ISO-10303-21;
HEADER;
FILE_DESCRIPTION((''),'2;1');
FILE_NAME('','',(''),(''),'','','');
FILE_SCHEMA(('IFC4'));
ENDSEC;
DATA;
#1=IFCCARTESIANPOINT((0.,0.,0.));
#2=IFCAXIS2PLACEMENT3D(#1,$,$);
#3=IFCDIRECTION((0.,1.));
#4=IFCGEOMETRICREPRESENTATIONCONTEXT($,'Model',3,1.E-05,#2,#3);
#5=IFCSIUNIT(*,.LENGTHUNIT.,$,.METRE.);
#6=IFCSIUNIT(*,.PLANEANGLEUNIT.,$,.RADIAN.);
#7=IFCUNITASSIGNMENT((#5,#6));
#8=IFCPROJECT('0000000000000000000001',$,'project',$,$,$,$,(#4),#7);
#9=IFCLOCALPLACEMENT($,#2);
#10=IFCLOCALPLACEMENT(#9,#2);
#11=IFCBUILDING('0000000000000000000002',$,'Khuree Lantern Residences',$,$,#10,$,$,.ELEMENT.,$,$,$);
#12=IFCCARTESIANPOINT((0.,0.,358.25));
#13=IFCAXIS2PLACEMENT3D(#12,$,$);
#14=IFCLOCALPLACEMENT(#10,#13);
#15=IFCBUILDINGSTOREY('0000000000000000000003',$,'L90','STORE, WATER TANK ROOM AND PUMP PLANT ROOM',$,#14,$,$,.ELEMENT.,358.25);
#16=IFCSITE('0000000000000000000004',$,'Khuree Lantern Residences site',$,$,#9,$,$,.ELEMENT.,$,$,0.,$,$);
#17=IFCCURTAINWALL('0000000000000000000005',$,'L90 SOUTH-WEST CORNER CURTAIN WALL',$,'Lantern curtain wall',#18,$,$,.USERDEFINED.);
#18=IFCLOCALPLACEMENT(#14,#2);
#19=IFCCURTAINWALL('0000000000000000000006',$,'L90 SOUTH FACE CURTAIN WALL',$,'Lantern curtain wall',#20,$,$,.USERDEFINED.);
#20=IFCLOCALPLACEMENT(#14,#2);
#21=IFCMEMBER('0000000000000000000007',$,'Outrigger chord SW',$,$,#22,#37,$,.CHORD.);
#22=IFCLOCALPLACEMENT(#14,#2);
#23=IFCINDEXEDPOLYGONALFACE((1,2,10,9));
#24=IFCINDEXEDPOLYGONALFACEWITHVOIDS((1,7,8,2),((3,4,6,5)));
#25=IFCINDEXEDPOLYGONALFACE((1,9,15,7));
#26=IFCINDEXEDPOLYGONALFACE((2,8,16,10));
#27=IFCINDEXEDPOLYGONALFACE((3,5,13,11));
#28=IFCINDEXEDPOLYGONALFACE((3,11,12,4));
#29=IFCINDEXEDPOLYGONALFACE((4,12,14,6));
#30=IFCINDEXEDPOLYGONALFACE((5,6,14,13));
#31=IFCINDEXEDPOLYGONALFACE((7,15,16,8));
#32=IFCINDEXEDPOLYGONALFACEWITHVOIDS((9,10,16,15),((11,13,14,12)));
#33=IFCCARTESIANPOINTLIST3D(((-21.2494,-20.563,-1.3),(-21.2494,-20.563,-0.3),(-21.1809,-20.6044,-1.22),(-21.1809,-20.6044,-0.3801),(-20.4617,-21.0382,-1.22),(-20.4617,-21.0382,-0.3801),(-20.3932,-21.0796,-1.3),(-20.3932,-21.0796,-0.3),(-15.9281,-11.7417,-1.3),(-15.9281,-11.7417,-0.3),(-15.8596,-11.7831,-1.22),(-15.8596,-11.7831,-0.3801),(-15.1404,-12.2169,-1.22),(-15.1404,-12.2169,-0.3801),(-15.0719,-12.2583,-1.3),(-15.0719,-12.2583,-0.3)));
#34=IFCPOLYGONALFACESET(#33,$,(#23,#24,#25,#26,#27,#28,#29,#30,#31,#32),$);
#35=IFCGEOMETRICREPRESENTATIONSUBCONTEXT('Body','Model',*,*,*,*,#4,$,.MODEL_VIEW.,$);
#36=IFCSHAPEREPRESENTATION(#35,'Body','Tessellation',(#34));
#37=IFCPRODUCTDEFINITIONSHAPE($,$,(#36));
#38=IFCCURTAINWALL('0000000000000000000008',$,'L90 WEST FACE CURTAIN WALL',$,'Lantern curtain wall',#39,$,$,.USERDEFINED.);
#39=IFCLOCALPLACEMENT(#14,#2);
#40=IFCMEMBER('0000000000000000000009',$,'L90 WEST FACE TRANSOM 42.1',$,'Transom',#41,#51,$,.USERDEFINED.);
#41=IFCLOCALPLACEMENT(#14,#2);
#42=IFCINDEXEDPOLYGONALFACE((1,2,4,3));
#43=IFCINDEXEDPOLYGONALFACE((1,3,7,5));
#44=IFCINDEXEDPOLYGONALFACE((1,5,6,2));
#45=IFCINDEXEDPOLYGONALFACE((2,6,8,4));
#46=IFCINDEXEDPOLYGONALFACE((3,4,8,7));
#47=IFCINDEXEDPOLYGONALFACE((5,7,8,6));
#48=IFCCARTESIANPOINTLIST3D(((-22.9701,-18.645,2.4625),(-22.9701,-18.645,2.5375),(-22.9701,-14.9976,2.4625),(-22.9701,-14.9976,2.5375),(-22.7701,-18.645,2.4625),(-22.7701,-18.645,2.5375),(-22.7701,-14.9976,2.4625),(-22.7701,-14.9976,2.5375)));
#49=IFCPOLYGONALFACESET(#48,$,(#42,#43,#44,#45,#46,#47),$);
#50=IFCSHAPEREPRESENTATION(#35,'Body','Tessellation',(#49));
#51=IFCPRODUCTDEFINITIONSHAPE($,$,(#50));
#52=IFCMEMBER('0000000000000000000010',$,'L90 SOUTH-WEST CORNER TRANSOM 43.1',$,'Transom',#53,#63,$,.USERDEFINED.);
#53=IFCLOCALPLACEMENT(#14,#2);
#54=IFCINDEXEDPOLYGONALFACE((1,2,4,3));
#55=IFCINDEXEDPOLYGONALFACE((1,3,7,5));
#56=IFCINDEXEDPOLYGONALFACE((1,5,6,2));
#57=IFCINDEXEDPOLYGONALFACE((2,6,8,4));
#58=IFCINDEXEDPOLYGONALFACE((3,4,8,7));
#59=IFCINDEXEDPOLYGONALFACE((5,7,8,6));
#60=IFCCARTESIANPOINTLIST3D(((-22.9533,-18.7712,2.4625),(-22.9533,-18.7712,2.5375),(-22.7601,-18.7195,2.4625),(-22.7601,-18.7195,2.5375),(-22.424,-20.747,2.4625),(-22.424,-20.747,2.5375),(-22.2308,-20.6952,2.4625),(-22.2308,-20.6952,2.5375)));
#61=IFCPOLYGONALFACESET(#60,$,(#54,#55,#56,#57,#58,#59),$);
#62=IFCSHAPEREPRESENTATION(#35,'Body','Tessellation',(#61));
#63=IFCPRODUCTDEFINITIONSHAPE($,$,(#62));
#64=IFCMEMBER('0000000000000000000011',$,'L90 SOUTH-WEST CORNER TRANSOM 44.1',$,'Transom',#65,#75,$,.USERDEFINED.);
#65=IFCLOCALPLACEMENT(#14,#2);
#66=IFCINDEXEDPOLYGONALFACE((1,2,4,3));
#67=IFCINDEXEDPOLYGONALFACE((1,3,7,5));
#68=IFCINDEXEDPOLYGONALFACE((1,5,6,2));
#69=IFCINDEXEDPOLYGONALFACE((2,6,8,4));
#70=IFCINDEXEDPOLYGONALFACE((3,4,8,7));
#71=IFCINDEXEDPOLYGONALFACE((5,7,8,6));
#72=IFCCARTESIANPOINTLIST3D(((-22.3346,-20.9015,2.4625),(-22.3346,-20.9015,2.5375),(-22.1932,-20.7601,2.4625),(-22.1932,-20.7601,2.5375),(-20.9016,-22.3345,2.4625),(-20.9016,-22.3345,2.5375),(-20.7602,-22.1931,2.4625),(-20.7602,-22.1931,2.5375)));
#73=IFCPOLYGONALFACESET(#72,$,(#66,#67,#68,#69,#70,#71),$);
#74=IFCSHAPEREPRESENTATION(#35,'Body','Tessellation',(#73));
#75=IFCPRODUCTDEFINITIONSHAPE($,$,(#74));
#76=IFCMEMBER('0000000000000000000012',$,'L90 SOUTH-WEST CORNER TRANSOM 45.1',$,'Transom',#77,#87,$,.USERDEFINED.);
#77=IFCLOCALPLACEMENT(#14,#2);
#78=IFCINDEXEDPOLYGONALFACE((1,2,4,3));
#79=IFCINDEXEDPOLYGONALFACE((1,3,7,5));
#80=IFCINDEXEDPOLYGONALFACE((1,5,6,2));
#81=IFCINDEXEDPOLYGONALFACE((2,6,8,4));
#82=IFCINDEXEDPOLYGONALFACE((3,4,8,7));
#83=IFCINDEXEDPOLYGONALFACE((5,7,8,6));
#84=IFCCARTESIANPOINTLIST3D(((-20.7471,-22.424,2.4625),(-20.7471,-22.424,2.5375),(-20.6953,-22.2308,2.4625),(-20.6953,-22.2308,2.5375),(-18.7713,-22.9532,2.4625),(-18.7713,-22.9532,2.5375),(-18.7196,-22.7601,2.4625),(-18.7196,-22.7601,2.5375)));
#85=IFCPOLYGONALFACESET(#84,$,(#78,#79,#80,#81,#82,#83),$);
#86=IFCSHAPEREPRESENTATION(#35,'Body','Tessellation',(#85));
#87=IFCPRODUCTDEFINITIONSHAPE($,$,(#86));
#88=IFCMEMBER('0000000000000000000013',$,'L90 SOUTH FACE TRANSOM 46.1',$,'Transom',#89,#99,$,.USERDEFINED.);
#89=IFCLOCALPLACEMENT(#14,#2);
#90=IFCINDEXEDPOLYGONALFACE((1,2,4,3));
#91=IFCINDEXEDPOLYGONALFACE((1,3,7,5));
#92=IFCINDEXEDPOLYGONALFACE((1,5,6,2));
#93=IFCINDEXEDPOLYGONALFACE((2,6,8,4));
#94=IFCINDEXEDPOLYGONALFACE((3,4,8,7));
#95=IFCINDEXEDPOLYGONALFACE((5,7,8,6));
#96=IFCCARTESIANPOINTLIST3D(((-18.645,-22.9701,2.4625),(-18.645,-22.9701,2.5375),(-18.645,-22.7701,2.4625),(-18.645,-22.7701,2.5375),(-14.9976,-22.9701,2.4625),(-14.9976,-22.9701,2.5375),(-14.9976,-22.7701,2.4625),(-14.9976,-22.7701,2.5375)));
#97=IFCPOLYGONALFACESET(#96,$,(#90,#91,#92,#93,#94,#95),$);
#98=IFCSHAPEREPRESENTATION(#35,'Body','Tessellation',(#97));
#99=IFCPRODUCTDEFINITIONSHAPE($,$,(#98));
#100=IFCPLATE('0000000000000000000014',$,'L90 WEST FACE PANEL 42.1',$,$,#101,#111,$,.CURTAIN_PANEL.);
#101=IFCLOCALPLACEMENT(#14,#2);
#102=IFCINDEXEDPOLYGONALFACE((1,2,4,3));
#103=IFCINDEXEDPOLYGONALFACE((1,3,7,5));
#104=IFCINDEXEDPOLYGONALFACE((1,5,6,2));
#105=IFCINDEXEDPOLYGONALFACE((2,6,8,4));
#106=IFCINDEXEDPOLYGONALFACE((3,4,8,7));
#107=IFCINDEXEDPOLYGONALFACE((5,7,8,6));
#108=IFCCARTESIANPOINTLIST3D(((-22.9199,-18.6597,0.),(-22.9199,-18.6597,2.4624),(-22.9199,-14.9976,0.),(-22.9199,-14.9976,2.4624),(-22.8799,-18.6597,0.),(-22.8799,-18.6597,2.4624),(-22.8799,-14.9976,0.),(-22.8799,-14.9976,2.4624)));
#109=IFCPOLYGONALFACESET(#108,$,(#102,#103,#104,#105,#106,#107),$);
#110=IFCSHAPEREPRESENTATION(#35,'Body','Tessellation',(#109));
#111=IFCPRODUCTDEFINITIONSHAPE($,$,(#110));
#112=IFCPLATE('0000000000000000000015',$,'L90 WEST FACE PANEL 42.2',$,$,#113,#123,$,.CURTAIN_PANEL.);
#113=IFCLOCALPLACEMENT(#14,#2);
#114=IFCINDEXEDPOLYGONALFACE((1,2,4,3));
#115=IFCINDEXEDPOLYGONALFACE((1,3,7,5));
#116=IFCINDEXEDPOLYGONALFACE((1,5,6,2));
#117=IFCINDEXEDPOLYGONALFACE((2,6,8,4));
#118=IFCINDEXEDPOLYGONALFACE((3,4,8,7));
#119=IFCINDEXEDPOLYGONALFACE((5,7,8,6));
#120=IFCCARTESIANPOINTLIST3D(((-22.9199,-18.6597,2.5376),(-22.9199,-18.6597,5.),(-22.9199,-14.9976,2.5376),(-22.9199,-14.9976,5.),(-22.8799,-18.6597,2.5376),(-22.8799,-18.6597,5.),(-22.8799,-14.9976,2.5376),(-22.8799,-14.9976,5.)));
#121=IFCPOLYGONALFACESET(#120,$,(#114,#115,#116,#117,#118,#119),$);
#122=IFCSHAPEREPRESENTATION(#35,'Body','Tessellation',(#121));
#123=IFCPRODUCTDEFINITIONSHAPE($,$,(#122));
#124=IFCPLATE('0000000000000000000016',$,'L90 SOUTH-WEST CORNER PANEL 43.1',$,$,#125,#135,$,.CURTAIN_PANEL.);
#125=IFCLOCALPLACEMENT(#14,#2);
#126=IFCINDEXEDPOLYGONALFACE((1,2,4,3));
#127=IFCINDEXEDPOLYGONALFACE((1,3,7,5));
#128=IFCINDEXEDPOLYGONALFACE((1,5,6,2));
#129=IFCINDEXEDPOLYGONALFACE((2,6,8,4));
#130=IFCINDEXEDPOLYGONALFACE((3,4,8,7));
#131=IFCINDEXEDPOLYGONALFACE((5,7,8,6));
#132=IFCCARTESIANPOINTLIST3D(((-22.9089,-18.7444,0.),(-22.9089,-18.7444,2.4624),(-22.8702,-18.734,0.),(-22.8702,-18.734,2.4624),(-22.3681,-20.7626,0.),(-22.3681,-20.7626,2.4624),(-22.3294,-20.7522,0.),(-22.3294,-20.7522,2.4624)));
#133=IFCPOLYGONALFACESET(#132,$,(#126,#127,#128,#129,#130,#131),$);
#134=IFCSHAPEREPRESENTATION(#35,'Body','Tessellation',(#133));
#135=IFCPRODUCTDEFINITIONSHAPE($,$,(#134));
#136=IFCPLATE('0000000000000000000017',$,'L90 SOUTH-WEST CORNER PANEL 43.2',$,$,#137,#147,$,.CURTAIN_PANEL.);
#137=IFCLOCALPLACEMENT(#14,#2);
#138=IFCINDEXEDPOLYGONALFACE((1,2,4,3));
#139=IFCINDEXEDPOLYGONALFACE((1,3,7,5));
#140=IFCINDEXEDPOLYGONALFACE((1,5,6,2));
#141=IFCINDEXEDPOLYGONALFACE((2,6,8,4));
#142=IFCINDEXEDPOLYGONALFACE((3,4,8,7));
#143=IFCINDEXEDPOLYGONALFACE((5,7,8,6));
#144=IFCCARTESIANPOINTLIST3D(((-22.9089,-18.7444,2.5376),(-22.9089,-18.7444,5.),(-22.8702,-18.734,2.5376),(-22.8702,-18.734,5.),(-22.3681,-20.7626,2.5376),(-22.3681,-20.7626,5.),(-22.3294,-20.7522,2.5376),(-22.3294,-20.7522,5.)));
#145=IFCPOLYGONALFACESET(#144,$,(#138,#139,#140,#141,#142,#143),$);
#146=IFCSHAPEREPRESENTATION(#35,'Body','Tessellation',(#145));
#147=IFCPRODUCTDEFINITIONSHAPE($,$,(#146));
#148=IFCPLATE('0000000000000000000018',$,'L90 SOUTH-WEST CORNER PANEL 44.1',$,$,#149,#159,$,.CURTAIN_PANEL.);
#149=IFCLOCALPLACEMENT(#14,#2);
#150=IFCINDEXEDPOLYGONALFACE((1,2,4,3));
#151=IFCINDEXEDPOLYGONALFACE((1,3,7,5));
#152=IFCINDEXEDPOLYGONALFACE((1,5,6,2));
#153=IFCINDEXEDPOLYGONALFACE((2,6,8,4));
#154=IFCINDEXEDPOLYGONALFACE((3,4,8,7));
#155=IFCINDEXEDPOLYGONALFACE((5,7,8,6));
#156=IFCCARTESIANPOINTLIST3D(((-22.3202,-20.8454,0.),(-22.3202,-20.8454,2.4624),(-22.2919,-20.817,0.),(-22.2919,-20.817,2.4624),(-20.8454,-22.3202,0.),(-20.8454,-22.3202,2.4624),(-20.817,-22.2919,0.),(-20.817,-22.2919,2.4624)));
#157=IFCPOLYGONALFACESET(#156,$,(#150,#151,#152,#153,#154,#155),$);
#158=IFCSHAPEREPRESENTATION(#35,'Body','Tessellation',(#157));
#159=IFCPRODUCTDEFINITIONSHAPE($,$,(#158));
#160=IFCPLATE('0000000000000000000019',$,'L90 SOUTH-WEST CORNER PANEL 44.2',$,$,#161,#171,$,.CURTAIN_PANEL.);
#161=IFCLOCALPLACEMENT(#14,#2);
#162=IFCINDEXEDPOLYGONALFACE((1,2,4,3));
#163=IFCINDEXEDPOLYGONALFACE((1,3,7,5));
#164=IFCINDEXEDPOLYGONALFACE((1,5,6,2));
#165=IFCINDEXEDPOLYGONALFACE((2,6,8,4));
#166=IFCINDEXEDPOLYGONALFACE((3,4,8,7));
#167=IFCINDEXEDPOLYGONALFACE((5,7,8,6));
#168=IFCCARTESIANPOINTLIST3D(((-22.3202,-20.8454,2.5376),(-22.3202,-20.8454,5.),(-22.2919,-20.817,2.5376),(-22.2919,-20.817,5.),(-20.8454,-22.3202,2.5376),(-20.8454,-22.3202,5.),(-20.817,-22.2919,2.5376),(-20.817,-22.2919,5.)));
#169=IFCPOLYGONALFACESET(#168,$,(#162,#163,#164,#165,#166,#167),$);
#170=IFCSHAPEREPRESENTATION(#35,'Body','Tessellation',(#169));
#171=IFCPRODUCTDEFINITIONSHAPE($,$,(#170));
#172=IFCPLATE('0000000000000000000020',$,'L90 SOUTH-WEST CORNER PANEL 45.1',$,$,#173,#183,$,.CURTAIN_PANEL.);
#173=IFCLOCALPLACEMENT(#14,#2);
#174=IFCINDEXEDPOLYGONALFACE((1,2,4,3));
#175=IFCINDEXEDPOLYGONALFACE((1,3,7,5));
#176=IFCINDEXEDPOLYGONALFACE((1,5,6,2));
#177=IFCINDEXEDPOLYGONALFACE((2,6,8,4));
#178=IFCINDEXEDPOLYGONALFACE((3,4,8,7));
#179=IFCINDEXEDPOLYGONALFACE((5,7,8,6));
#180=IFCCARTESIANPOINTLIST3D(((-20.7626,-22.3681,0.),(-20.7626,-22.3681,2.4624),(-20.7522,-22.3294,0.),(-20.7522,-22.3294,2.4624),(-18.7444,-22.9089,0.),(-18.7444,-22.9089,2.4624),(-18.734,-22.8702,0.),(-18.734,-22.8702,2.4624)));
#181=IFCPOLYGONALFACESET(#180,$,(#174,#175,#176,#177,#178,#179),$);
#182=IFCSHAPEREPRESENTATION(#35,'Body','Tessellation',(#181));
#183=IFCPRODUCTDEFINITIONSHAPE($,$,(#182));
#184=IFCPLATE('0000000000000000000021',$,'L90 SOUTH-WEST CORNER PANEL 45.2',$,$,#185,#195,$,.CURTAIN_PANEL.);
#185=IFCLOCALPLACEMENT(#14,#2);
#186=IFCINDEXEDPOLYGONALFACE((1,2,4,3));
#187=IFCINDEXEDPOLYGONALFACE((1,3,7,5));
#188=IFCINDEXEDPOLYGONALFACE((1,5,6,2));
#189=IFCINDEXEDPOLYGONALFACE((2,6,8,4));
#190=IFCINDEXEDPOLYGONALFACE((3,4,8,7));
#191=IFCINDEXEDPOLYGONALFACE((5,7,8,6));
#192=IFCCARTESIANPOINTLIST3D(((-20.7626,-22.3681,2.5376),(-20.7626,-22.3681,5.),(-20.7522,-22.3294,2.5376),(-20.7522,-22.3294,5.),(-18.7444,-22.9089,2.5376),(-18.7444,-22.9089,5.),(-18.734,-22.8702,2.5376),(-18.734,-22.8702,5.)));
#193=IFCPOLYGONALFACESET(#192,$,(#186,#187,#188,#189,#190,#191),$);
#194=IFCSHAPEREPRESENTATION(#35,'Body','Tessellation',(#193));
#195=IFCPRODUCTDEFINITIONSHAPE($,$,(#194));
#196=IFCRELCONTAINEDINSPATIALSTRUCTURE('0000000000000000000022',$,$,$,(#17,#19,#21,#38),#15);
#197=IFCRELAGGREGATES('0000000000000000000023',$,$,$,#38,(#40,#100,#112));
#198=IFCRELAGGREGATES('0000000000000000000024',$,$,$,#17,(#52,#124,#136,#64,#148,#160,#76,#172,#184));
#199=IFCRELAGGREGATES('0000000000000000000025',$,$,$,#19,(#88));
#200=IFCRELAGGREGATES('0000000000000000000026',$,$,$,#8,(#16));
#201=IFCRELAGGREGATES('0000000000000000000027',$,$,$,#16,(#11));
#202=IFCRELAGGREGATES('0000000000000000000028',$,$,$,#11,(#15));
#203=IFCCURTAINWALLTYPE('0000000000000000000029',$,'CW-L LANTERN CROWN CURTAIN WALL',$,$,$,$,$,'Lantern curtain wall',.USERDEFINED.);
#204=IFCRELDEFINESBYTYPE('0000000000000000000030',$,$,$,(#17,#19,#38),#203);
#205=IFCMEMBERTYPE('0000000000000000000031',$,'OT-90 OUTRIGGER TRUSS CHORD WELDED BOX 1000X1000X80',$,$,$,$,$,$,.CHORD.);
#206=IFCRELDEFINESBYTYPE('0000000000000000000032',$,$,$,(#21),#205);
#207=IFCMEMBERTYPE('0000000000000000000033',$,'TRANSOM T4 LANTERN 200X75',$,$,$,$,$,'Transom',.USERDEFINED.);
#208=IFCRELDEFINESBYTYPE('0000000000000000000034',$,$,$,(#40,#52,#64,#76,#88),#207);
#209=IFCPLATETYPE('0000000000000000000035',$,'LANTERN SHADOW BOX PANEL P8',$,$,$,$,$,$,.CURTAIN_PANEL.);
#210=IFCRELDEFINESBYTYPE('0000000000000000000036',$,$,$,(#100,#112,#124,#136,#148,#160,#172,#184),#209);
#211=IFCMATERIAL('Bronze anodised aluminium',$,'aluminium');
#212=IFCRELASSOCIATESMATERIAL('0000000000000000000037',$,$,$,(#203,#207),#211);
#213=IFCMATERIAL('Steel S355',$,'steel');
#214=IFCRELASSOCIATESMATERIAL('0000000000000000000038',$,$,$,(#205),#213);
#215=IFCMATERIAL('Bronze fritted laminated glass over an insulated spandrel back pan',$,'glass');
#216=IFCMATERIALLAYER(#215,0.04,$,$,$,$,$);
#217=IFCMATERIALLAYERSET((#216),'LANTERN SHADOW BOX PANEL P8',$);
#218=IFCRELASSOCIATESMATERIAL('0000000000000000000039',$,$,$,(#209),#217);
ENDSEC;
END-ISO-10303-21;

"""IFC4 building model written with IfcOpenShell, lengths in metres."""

from ifc_helpers import new_model, si_unit, direction, frame, origin, origin_2d, place, context, subcontext, project, spatial, rectangle, hollow_rectangle, extrude, material, layer, layer_set, material_profile, profile_set, type_object, element, aggregate, save


model = new_model("IFC4")

# Units and contexts
model_context = context("Model", 3, precision=1e-05, world=origin(), true_north=direction((0.0, 1.0)))
body_context = subcontext(model_context, "Body", "Model", "MODEL_VIEW")
ifc_project = project(units=[si_unit("LENGTHUNIT", "METRE"), si_unit("PLANEANGLEUNIT", "RADIAN")], contexts=[model_context])

# Site, building, storey
site_placement = place(None, origin())
site = spatial("IfcSite", under=ifc_project, at=site_placement, Name="Khuree Lantern Residences site", CompositionType="ELEMENT", RefElevation=0.0)
building_placement = place(site_placement, origin())
building = spatial("IfcBuilding", under=site, at=building_placement, Name="Khuree Lantern Residences", CompositionType="ELEMENT")
storey_placement = place(building_placement, frame((0.0, 0.0, 358.25)))
storey = spatial("IfcBuildingStorey", under=building, at=storey_placement, Name="L90", Description="STORE, WATER TANK ROOM AND PUMP PLANT ROOM", CompositionType="ELEMENT", Elevation=358.25)

# Shared definitions
ifc_material_1 = material(Name="Steel S355", Category="steel")

# Curtain wall
ifc_material_2 = material(Name="Bronze anodised aluminium", Category="aluminium")
curtain_wall_type = type_object("IfcCurtainWallType", Name="CW-L LANTERN CROWN CURTAIN WALL", ElementType="Lantern curtain wall", PredefinedType="USERDEFINED", material=ifc_material_2)
curtain_wall_1_placement = place(storey_placement, origin())
curtain_wall_1 = element("IfcCurtainWall", 1, at=curtain_wall_1_placement, inside=storey, type_object=curtain_wall_type, Name="L90 SOUTH-WEST CORNER CURTAIN WALL", ObjectType="Lantern curtain wall", PredefinedType="USERDEFINED")

# Curtain wall
curtain_wall_2_placement = place(storey_placement, origin())
curtain_wall_2 = element("IfcCurtainWall", 2, at=curtain_wall_2_placement, inside=storey, type_object=curtain_wall_type, Name="L90 SOUTH FACE CURTAIN WALL", ObjectType="Lantern curtain wall", PredefinedType="USERDEFINED")

# Member
ifc_material_profile_1 = material_profile(ifc_material_1, hollow_rectangle(XDim=1.0, YDim=1.0, WallThickness=0.0801, at=origin_2d()), Name="WELDED BOX 1000X1000X80")
ifc_profile_set_1 = profile_set([ifc_material_profile_1], Name="Steel S355")
member_type_1 = type_object("IfcMemberType", Name="OT-90 OUTRIGGER TRUSS CHORD WELDED BOX 1000X1000X80", PredefinedType="CHORD", material=ifc_profile_set_1)
member_1_placement = place(storey_placement, frame((-20.8213, -20.8213, -0.8), z_axis=(0.51653, 0.856269, 0.0), x_axis=(-0.856269, 0.51653, 0.0)))
element("IfcMember", 3, at=member_1_placement, inside=storey, type_object=member_type_1, Name="Outrigger chord SW", PredefinedType="CHORD", context=body_context, shape_type="SweptSolid", body=[
    extrude(hollow_rectangle(XDim=1.0, YDim=1.0, WallThickness=0.0801, at=origin_2d()), origin(), (0.0, 0.0, 1.0), 10.302),
])

# Curtain wall, member
curtain_wall_3_placement = place(storey_placement, origin())
curtain_wall_3 = element("IfcCurtainWall", 4, at=curtain_wall_3_placement, inside=storey, type_object=curtain_wall_type, Name="L90 WEST FACE CURTAIN WALL", ObjectType="Lantern curtain wall", PredefinedType="USERDEFINED")
ifc_material_profile_2 = material_profile(ifc_material_2, rectangle(XDim=0.2, YDim=0.075, at=origin_2d()), Name="T4 200X75")
ifc_profile_set_2 = profile_set([ifc_material_profile_2], Name="Bronze anodised aluminium")
member_type_2 = type_object("IfcMemberType", Name="TRANSOM T4 LANTERN 200X75", ElementType="Transom", PredefinedType="USERDEFINED", material=ifc_profile_set_2)
member_2_placement = place(storey_placement, frame((-22.8701, -14.9976, 2.5), z_axis=(0.0, -1.0, 0.0), x_axis=(1.0, 0.0, 0.0)))
member_2 = element("IfcMember", 5, at=member_2_placement, type_object=member_type_2, Name="L90 WEST FACE TRANSOM 42.1", ObjectType="Transom", PredefinedType="USERDEFINED", context=body_context, shape_type="SweptSolid", body=[
    extrude(rectangle(XDim=0.2, YDim=0.075, at=origin_2d()), origin(), (0.0, 0.0, 1.0), 3.6475),
])

# Members
member_3_placement = place(storey_placement, frame((-22.8567, -18.7454, 2.5), z_axis=(0.258762, -0.965941, 0.0), x_axis=(0.965941, 0.258762, 0.0)))
member_3 = element("IfcMember", 6, at=member_3_placement, type_object=member_type_2, Name="L90 SOUTH-WEST CORNER TRANSOM 43.1", ObjectType="Transom", PredefinedType="USERDEFINED", context=body_context, shape_type="SweptSolid", body=[
    extrude(rectangle(XDim=0.2, YDim=0.075, at=origin_2d()), origin(), (0.0, 0.0, 1.0), 2.0454),
])
member_4_placement = place(storey_placement, frame((-22.2639, -20.8308, 2.5), z_axis=(0.707107, -0.707107, 0.0), x_axis=(0.707107, 0.707107, 0.0)))
member_4 = element("IfcMember", 7, at=member_4_placement, type_object=member_type_2, Name="L90 SOUTH-WEST CORNER TRANSOM 44.1", ObjectType="Transom", PredefinedType="USERDEFINED", context=body_context, shape_type="SweptSolid", body=[
    extrude(rectangle(XDim=0.2, YDim=0.075, at=origin_2d()), origin(), (0.0, 0.0, 1.0), 2.0266),
])
member_5_placement = place(storey_placement, frame((-20.7212, -22.3274, 2.5), z_axis=(0.965941, -0.258762, 0.0), x_axis=(0.258762, 0.965941, 0.0)))
member_5 = element("IfcMember", 8, at=member_5_placement, type_object=member_type_2, Name="L90 SOUTH-WEST CORNER TRANSOM 45.1", ObjectType="Transom", PredefinedType="USERDEFINED", context=body_context, shape_type="SweptSolid", body=[
    extrude(rectangle(XDim=0.2, YDim=0.075, at=origin_2d()), origin(), (0.0, 0.0, 1.0), 2.0454),
])
member_6_placement = place(storey_placement, frame((-18.645, -22.8701, 2.5), z_axis=(1.0, 0.0, 0.0), x_axis=(0.0, 1.0, 0.0)))
member_6 = element("IfcMember", 9, at=member_6_placement, type_object=member_type_2, Name="L90 SOUTH FACE TRANSOM 46.1", ObjectType="Transom", PredefinedType="USERDEFINED", context=body_context, shape_type="SweptSolid", body=[
    extrude(rectangle(XDim=0.2, YDim=0.075, at=origin_2d()), origin(), (0.0, 0.0, 1.0), 3.6475),
])

# Plates
ifc_material_3 = material(Name="Bronze fritted laminated glass over an insulated spandrel back pan", Category="glass")
ifc_layer = layer(ifc_material_3, 0.04)
ifc_layer_set = layer_set([ifc_layer], Name="LANTERN SHADOW BOX PANEL P8")
plate_type = type_object("IfcPlateType", Name="LANTERN SHADOW BOX PANEL P8", PredefinedType="CURTAIN_PANEL", material=ifc_layer_set)
plate_1_placement = place(storey_placement, frame((-22.8999, -16.8286, 0.0), z_axis=(0.0, 0.0, 1.0), x_axis=(0.0, -1.0, 0.0)))
plate_1 = element("IfcPlate", 10, at=plate_1_placement, type_object=plate_type, Name="L90 WEST FACE PANEL 42.1", PredefinedType="CURTAIN_PANEL", context=body_context, shape_type="SweptSolid", body=[
    extrude(rectangle(XDim=3.6621, YDim=0.04, at=origin_2d()), origin(), (0.0, 0.0, 1.0), 2.4624),
])
plate_2_placement = place(storey_placement, frame((-22.8999, -16.8286, 2.5376), z_axis=(0.0, 0.0, 1.0), x_axis=(0.0, -1.0, 0.0)))
plate_2 = element("IfcPlate", 11, at=plate_2_placement, type_object=plate_type, Name="L90 WEST FACE PANEL 42.2", PredefinedType="CURTAIN_PANEL", context=body_context, shape_type="SweptSolid", body=[
    extrude(rectangle(XDim=3.6621, YDim=0.04, at=origin_2d()), origin(), (0.0, 0.0, 1.0), 2.4624),
])
aggregate(curtain_wall_3, [member_2, plate_1, plate_2])
plate_3_placement = place(storey_placement, frame((-22.6191, -19.7483, 0.0), z_axis=(0.0, 0.0, 1.0), x_axis=(0.258819, -0.965926, 0.0)))
plate_3 = element("IfcPlate", 12, at=plate_3_placement, type_object=plate_type, Name="L90 SOUTH-WEST CORNER PANEL 43.1", PredefinedType="CURTAIN_PANEL", context=body_context, shape_type="SweptSolid", body=[
    extrude(rectangle(XDim=2.0894, YDim=0.04, at=origin_2d()), origin(), (0.0, 0.0, 1.0), 2.4624),
])
plate_4_placement = place(storey_placement, frame((-22.6191, -19.7483, 2.5376), z_axis=(0.0, 0.0, 1.0), x_axis=(0.258819, -0.965926, 0.0)))
plate_4 = element("IfcPlate", 13, at=plate_4_placement, type_object=plate_type, Name="L90 SOUTH-WEST CORNER PANEL 43.2", PredefinedType="CURTAIN_PANEL", context=body_context, shape_type="SweptSolid", body=[
    extrude(rectangle(XDim=2.0894, YDim=0.04, at=origin_2d()), origin(), (0.0, 0.0, 1.0), 2.4624),
])
plate_5_placement = place(storey_placement, frame((-21.5686, -21.5686, 0.0), z_axis=(0.0, 0.0, 1.0), x_axis=(0.707107, -0.707107, 0.0)))
plate_5 = element("IfcPlate", 14, at=plate_5_placement, type_object=plate_type, Name="L90 SOUTH-WEST CORNER PANEL 44.1", PredefinedType="CURTAIN_PANEL", context=body_context, shape_type="SweptSolid", body=[
    extrude(rectangle(XDim=2.0857, YDim=0.04, at=origin_2d()), origin(), (0.0, 0.0, 1.0), 2.4624),
])
plate_6_placement = place(storey_placement, frame((-21.5686, -21.5686, 2.5376), z_axis=(0.0, 0.0, 1.0), x_axis=(0.707107, -0.707107, 0.0)))
plate_6 = element("IfcPlate", 15, at=plate_6_placement, type_object=plate_type, Name="L90 SOUTH-WEST CORNER PANEL 44.2", PredefinedType="CURTAIN_PANEL", context=body_context, shape_type="SweptSolid", body=[
    extrude(rectangle(XDim=2.0857, YDim=0.04, at=origin_2d()), origin(), (0.0, 0.0, 1.0), 2.4624),
])
plate_7_placement = place(storey_placement, frame((-19.7483, -22.6191, 0.0), z_axis=(0.0, 0.0, 1.0), x_axis=(0.965926, -0.258819, 0.0)))
plate_7 = element("IfcPlate", 16, at=plate_7_placement, type_object=plate_type, Name="L90 SOUTH-WEST CORNER PANEL 45.1", PredefinedType="CURTAIN_PANEL", context=body_context, shape_type="SweptSolid", body=[
    extrude(rectangle(XDim=2.0894, YDim=0.04, at=origin_2d()), origin(), (0.0, 0.0, 1.0), 2.4624),
])
plate_8_placement = place(storey_placement, frame((-19.7483, -22.6191, 2.5376), z_axis=(0.0, 0.0, 1.0), x_axis=(0.965926, -0.258819, 0.0)))
plate_8 = element("IfcPlate", 17, at=plate_8_placement, type_object=plate_type, Name="L90 SOUTH-WEST CORNER PANEL 45.2", PredefinedType="CURTAIN_PANEL", context=body_context, shape_type="SweptSolid", body=[
    extrude(rectangle(XDim=2.0894, YDim=0.04, at=origin_2d()), origin(), (0.0, 0.0, 1.0), 2.4624),
])
aggregate(curtain_wall_1, [member_3, plate_3, plate_4, member_4, plate_5, plate_6, member_5, plate_7, plate_8])
aggregate(curtain_wall_2, [member_6])

save(model, "model.ifc")
